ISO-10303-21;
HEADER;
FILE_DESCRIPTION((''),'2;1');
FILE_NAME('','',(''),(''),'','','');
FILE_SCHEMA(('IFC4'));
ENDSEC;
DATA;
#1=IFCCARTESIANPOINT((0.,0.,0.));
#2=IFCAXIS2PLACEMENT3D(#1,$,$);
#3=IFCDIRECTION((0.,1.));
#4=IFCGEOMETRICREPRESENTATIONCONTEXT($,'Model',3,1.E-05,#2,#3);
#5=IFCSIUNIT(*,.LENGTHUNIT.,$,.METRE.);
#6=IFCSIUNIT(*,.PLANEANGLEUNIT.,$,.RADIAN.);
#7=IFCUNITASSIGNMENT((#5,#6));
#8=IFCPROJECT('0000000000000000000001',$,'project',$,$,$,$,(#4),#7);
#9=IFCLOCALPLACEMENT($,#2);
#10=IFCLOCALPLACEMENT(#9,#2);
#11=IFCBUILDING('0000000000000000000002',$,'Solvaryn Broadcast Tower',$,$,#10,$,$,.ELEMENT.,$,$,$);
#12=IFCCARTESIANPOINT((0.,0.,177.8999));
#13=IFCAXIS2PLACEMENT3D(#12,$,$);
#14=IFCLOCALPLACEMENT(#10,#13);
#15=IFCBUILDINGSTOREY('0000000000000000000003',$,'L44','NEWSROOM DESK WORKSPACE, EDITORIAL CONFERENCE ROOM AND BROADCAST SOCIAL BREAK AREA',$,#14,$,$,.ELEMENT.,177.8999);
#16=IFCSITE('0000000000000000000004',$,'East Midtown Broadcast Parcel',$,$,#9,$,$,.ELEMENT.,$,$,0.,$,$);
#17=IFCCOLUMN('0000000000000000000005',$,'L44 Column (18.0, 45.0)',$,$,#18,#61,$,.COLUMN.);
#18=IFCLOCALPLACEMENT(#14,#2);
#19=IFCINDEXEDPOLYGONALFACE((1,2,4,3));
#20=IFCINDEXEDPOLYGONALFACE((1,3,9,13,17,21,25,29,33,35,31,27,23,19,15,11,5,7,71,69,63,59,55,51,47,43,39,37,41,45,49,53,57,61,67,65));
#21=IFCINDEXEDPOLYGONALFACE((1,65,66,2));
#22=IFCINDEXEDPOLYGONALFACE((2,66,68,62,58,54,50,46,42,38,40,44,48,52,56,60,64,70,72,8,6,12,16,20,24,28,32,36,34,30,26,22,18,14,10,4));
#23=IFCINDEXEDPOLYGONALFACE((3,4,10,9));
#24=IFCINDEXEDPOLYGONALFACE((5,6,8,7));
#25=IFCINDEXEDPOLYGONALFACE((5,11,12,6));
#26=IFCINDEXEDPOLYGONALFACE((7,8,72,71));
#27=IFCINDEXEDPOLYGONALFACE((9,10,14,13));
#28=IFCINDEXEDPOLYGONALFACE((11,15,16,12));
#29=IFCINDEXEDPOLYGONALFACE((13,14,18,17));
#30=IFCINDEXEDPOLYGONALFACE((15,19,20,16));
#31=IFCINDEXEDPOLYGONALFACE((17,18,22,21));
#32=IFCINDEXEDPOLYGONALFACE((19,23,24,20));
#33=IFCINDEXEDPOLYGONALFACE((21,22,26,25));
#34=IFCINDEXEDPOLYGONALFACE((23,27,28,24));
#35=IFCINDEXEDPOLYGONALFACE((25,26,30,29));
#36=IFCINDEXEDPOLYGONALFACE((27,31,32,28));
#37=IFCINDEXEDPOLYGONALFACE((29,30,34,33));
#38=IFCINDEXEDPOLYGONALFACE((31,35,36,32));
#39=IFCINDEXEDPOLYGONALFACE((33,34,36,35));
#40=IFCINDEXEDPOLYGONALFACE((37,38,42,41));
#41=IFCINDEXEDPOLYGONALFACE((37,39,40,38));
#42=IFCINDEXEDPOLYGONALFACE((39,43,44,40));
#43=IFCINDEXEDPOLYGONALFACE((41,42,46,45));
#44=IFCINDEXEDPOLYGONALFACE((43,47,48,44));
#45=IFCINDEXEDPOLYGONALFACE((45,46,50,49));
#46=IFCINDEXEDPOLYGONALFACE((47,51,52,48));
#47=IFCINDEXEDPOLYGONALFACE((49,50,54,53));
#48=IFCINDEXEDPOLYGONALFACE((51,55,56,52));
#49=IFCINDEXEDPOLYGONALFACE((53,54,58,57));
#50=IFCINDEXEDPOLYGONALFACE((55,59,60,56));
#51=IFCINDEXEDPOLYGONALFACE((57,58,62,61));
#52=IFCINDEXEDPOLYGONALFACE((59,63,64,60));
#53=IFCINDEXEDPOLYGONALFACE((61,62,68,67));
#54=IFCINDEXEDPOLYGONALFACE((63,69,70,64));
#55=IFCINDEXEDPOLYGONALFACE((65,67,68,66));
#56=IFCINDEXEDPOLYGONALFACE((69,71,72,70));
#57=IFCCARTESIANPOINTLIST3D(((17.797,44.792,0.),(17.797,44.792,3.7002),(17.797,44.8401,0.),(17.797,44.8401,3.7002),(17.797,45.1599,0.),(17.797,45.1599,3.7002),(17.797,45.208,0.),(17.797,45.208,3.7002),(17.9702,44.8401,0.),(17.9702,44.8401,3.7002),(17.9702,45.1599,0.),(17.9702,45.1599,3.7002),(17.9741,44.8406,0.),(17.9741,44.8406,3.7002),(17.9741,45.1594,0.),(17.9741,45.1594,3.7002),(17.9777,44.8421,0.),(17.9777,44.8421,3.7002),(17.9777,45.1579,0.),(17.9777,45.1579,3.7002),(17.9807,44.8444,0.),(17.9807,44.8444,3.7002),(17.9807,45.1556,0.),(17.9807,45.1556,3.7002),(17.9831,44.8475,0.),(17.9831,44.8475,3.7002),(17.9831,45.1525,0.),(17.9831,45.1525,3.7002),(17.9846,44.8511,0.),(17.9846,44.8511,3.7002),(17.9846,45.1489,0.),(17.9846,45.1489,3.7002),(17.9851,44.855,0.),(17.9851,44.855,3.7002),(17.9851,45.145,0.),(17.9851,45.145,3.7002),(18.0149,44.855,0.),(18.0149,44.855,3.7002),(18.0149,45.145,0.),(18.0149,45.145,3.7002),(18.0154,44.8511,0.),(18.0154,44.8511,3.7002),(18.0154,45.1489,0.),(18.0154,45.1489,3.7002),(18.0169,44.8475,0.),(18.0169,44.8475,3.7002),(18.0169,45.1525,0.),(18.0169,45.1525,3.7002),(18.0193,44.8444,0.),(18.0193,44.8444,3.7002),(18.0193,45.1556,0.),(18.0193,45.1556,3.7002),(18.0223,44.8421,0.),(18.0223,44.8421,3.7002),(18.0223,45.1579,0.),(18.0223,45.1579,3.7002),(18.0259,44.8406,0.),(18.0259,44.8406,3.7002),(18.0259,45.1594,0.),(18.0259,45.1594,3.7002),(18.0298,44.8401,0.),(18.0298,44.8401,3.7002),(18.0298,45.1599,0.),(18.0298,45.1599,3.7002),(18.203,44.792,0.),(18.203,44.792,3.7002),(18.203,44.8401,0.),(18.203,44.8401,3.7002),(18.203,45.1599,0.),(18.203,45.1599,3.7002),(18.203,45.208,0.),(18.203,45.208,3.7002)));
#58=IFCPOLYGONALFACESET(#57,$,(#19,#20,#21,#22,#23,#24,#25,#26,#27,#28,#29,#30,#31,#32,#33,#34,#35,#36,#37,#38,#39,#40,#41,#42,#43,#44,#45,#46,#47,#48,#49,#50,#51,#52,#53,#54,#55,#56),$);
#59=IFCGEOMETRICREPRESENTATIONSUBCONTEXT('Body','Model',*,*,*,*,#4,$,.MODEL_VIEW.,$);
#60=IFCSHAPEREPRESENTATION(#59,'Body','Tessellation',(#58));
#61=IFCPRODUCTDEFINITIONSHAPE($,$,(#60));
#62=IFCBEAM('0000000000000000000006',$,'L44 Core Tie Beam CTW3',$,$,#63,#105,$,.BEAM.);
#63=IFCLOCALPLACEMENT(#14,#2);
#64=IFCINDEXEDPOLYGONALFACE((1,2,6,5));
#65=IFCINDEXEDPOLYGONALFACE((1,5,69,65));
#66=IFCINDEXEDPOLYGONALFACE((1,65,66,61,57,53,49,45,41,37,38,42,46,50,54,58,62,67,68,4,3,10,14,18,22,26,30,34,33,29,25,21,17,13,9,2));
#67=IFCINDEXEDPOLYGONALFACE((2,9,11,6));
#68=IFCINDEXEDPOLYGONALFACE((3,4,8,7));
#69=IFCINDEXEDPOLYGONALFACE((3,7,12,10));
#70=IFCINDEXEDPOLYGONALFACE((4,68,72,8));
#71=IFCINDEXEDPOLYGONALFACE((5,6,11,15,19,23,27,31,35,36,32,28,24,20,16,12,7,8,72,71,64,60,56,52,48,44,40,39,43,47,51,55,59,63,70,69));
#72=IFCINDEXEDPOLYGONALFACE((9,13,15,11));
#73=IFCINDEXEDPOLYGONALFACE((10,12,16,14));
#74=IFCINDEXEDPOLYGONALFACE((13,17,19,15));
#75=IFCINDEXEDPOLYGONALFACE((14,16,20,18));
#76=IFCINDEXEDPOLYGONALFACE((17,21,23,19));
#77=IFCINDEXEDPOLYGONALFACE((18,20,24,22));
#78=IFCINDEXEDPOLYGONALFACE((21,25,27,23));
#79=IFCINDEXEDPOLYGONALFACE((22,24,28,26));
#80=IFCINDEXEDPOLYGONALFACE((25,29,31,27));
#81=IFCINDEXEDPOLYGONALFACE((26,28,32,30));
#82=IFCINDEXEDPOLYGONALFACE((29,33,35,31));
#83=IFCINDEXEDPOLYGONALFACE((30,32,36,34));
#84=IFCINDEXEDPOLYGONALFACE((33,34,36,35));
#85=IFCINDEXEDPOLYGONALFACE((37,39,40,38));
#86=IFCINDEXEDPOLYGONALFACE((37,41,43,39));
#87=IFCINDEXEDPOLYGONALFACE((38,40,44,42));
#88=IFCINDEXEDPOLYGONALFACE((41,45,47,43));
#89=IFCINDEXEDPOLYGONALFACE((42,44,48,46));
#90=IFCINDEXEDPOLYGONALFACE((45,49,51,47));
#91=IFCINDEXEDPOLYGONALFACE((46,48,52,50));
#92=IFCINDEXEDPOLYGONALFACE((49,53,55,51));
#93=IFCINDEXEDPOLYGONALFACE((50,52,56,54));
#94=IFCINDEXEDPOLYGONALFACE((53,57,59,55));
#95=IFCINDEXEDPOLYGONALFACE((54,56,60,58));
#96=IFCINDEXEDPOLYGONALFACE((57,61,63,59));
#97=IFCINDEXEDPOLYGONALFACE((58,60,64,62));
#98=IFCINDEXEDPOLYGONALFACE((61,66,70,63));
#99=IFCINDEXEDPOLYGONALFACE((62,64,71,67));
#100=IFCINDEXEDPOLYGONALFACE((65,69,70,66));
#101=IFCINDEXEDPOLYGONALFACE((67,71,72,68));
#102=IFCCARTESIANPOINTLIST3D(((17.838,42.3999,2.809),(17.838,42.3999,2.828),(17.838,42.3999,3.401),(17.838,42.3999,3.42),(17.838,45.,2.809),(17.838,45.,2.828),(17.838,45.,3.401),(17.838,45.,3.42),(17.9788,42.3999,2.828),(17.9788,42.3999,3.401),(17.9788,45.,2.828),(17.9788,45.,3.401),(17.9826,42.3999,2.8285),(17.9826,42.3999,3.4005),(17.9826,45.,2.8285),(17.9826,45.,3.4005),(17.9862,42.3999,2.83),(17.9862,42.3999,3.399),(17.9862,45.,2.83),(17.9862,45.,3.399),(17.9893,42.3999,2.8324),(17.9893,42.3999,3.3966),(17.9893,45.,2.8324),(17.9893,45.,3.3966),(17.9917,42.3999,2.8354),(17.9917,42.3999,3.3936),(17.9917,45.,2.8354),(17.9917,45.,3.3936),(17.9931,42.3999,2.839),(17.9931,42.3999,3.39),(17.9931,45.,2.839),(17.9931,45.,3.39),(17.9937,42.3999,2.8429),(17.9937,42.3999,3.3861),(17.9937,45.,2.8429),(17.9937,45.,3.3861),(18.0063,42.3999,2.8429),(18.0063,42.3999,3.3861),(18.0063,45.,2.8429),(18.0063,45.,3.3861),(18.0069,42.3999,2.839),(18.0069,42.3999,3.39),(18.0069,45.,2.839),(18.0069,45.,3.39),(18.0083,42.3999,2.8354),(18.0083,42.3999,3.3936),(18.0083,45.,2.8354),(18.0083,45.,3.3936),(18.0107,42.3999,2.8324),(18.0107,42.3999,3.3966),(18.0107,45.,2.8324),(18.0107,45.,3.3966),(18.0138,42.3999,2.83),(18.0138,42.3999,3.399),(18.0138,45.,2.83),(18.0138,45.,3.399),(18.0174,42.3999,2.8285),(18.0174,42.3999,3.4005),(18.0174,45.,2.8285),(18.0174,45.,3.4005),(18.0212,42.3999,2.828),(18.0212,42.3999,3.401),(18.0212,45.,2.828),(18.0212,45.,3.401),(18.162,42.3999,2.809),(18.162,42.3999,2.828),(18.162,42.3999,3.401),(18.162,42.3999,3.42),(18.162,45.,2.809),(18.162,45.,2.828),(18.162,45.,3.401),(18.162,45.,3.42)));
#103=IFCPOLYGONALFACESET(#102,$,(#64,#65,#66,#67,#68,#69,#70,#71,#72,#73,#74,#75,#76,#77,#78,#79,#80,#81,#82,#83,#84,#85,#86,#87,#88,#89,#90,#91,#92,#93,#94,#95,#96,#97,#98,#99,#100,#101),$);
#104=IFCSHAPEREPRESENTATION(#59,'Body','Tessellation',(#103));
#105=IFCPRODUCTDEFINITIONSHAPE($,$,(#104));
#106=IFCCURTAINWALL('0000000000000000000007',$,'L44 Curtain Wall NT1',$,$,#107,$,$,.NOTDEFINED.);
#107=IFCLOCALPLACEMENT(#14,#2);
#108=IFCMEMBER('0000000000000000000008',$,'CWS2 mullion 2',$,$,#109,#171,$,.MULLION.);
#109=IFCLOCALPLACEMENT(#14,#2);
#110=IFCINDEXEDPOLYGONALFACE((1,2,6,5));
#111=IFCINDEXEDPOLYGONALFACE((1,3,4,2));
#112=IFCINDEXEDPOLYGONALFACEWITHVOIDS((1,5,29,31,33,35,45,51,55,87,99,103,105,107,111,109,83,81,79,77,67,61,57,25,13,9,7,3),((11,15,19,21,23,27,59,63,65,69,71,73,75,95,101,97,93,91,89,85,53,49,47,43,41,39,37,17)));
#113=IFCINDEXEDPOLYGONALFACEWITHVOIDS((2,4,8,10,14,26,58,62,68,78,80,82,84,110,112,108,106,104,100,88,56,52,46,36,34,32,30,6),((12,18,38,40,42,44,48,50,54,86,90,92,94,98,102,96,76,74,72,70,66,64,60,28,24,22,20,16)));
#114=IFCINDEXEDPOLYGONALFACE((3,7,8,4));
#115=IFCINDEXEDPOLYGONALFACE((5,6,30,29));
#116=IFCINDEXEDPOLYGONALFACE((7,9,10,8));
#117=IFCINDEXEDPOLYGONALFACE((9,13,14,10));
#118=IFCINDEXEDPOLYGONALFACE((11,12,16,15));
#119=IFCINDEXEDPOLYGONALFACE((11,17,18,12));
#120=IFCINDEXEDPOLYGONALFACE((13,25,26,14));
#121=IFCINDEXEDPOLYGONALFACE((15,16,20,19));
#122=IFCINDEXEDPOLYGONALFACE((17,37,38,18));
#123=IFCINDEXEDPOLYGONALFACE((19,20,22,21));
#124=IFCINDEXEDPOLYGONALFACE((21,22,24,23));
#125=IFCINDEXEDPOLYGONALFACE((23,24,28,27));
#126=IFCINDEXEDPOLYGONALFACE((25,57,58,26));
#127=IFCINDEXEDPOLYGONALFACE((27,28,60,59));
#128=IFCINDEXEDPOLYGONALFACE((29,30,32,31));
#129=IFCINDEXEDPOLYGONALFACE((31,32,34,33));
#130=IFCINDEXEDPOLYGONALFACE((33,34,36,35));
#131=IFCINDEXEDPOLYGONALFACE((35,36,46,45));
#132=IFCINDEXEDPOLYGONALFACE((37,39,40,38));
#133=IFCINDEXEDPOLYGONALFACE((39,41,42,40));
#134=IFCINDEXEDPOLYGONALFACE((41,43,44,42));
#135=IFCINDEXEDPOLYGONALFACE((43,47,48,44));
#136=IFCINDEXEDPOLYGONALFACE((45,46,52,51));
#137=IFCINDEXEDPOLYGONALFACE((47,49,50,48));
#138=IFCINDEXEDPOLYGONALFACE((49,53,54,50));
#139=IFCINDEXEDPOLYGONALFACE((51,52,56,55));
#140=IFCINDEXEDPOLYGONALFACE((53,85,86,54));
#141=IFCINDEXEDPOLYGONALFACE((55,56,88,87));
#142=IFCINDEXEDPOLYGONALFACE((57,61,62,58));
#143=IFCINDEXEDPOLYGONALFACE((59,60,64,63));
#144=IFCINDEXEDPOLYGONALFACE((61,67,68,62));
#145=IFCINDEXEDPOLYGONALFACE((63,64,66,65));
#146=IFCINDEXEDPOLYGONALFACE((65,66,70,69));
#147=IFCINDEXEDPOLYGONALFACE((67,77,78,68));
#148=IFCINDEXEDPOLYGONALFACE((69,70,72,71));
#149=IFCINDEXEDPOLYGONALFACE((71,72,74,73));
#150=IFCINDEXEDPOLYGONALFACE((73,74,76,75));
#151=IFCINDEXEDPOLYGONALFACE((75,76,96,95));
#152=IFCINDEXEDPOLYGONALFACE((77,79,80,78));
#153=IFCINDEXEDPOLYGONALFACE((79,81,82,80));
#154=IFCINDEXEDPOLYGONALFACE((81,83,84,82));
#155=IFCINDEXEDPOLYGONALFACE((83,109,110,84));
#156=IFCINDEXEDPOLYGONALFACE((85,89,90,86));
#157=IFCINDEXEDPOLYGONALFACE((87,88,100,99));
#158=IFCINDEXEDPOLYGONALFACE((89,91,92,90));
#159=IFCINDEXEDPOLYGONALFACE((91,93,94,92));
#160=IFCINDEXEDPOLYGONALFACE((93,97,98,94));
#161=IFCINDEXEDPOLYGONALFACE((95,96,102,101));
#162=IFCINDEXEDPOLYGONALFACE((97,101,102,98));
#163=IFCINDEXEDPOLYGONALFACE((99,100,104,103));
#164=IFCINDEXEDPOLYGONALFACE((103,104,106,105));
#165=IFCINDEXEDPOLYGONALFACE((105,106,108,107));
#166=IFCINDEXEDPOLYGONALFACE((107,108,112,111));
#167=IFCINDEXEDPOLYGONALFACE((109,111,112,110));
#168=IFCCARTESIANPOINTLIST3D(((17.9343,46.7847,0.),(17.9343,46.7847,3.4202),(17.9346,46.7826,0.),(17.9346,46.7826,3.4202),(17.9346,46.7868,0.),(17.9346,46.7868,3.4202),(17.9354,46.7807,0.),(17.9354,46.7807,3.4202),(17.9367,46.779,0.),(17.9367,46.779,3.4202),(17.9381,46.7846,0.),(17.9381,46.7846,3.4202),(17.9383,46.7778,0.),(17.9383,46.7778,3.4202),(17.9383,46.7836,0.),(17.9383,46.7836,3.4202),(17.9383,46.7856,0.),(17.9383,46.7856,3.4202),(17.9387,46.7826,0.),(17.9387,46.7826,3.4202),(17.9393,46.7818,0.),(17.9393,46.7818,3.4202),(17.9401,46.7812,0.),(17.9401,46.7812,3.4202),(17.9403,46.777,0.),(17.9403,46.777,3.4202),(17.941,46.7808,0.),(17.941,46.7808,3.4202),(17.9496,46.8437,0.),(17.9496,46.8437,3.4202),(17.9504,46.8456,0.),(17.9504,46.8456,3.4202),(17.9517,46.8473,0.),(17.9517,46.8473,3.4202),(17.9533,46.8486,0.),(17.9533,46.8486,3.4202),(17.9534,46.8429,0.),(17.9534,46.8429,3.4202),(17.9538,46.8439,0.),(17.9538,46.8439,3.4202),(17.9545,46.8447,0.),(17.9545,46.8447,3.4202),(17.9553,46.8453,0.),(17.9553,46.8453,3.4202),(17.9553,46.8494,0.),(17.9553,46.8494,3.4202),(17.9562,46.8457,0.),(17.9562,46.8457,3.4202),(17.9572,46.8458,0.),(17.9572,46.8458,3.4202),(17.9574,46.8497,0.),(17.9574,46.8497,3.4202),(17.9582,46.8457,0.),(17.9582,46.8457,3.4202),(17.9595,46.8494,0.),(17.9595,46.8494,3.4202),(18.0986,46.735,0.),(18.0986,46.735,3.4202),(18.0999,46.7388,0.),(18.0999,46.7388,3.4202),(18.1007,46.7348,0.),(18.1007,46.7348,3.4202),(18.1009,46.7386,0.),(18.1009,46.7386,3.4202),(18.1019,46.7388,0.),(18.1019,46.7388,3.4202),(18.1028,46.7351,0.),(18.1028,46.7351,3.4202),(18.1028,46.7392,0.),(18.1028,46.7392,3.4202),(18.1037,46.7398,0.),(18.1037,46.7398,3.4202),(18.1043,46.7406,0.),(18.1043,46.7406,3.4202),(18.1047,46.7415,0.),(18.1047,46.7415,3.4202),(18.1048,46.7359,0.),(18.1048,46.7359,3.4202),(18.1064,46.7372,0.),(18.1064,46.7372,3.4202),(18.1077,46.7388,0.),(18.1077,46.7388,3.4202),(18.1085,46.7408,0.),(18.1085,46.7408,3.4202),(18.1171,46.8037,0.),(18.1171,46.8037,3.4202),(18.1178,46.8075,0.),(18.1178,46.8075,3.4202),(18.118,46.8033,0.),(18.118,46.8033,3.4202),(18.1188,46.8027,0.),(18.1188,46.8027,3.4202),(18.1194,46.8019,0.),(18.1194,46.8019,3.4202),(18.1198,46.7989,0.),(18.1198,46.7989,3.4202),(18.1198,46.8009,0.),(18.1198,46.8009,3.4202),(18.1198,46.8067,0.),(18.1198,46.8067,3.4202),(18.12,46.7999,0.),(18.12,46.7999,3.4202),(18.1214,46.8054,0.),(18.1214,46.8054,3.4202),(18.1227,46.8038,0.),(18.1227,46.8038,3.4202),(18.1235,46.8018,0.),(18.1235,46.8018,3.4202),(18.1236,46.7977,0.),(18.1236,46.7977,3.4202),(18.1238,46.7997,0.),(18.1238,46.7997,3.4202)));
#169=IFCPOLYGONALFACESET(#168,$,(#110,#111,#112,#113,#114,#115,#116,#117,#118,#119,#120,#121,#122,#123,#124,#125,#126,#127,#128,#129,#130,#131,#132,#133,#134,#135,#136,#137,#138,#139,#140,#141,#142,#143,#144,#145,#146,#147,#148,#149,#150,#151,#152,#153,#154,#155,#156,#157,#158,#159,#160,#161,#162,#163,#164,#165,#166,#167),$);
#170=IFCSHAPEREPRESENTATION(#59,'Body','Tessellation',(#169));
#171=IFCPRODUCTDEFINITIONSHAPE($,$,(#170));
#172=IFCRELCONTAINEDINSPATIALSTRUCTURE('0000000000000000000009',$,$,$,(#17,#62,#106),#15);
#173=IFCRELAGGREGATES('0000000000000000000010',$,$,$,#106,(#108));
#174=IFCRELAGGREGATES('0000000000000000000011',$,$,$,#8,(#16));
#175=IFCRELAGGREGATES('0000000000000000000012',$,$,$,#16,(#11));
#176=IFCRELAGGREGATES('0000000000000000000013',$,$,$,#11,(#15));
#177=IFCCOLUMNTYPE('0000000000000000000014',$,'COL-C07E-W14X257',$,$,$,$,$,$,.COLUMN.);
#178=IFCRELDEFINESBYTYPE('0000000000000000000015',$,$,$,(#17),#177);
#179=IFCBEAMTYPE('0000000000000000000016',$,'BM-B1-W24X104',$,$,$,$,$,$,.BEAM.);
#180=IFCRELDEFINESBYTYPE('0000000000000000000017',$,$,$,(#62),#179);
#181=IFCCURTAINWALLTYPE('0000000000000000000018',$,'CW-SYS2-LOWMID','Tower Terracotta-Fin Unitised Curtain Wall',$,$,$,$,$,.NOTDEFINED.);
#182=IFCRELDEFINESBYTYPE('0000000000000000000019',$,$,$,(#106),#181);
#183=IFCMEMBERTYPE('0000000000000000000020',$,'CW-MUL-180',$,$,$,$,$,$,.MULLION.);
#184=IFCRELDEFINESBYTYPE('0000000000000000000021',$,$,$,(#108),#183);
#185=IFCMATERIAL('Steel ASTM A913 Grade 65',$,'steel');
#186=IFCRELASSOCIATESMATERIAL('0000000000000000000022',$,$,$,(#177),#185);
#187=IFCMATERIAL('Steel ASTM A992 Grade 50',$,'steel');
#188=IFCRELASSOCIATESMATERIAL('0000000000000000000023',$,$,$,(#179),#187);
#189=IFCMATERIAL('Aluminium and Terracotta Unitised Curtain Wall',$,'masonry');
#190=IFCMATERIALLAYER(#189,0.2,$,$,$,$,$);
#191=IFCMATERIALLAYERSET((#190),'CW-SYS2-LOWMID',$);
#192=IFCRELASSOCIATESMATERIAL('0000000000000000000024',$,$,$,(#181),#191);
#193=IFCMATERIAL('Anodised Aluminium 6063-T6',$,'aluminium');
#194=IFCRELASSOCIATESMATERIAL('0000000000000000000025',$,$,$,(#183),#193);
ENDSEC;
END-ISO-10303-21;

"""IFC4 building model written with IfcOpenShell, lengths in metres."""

from ifc_helpers import new_model, si_unit, direction, frame, origin, origin_2d, place, context, subcontext, project, spatial, hollow_rectangle, i_section, extrude, material, layer, layer_set, material_profile, profile_set, type_object, element, aggregate, save


model = new_model("IFC4")

# Units and contexts
model_context = context("Model", 3, precision=1e-05, world=origin(), true_north=direction((0.0, 1.0)))
body_context = subcontext(model_context, "Body", "Model", "MODEL_VIEW")
ifc_project = project(units=[si_unit("LENGTHUNIT", "METRE"), si_unit("PLANEANGLEUNIT", "RADIAN")], contexts=[model_context])

# Site, building, storey
site_placement = place(None, origin())
site = spatial("IfcSite", under=ifc_project, at=site_placement, Name="East Midtown Broadcast Parcel", CompositionType="ELEMENT", RefElevation=0.0)
building_placement = place(site_placement, origin())
building = spatial("IfcBuilding", under=site, at=building_placement, Name="Solvaryn Broadcast Tower", CompositionType="ELEMENT")
storey_placement = place(building_placement, frame((0.0, 0.0, 177.8999)))
storey = spatial("IfcBuildingStorey", under=building, at=storey_placement, Name="L44", Description="NEWSROOM DESK WORKSPACE, EDITORIAL CONFERENCE ROOM AND BROADCAST SOCIAL BREAK AREA", CompositionType="ELEMENT", Elevation=177.8999)

# Column
ifc_material_1 = material(Name="Steel ASTM A913 Grade 65", Category="steel")
ifc_material_profile_1 = material_profile(ifc_material_1, i_section(OverallWidth=0.406, OverallDepth=0.416, WebThickness=0.0298, FlangeThickness=0.0481, FilletRadius=0.0149, at=origin_2d()))
ifc_profile_set_1 = profile_set([ifc_material_profile_1], Name="Steel ASTM A913 Grade 65")
column_type = type_object("IfcColumnType", Name="COL-C07E-W14X257", PredefinedType="COLUMN", material=ifc_profile_set_1)
column_placement = place(storey_placement, frame((18.0, 45.0, 0.0), z_axis=(0.0, 0.0, 1.0), x_axis=(1.0, 0.0, 0.0)))
element("IfcColumn", 1, at=column_placement, inside=storey, type_object=column_type, Name="L44 Column (18.0, 45.0)", PredefinedType="COLUMN", context=body_context, shape_type="SweptSolid", body=[
    extrude(i_section(OverallWidth=0.406, OverallDepth=0.416, WebThickness=0.0298, FlangeThickness=0.0481, FilletRadius=0.0149, at=origin_2d()), origin(), (0.0, 0.0, 1.0), 3.7002),
])

# Beam
ifc_material_2 = material(Name="Steel ASTM A992 Grade 50", Category="steel")
ifc_material_profile_2 = material_profile(ifc_material_2, i_section(OverallWidth=0.324, OverallDepth=0.6111, WebThickness=0.0127, FlangeThickness=0.019, FilletRadius=0.0149, at=origin_2d()))
ifc_profile_set_2 = profile_set([ifc_material_profile_2], Name="Steel ASTM A992 Grade 50")
beam_type = type_object("IfcBeamType", Name="BM-B1-W24X104", PredefinedType="BEAM", material=ifc_profile_set_2)
beam_placement = place(storey_placement, frame((18.0, 42.3999, 3.1145), z_axis=(0.0, 1.0, 0.0), x_axis=(-1.0, 0.0, 0.0)))
element("IfcBeam", 2, at=beam_placement, inside=storey, type_object=beam_type, Name="L44 Core Tie Beam CTW3", PredefinedType="BEAM", context=body_context, shape_type="SweptSolid", body=[
    extrude(i_section(OverallWidth=0.324, OverallDepth=0.6111, WebThickness=0.0127, FlangeThickness=0.019, FilletRadius=0.0149, at=origin_2d()), origin(), (0.0, 0.0, 1.0), 2.6001),
])

# Curtain wall, member
ifc_material_3 = material(Name="Aluminium and Terracotta Unitised Curtain Wall", Category="masonry")
ifc_layer_1 = layer(ifc_material_3, 0.2)
ifc_layer_set_1 = layer_set([ifc_layer_1], Name="CW-SYS2-LOWMID")
curtain_wall_type = type_object("IfcCurtainWallType", Name="CW-SYS2-LOWMID", Description="Tower Terracotta-Fin Unitised Curtain Wall", PredefinedType="NOTDEFINED", material=ifc_layer_set_1)
curtain_wall_1_placement = place(storey_placement, origin())
curtain_wall_1 = element("IfcCurtainWall", 3, at=curtain_wall_1_placement, inside=storey, type_object=curtain_wall_type, Name="L44 Curtain Wall NT1", PredefinedType="NOTDEFINED")
ifc_material_4 = material(Name="Anodised Aluminium 6063-T6", Category="aluminium")
ifc_material_profile_3 = material_profile(ifc_material_4, hollow_rectangle(XDim=0.075, YDim=0.1799, WallThickness=0.0039, InnerFilletRadius=0.0039, OuterFilletRadius=0.0081, at=origin_2d()))
ifc_profile_set_3 = profile_set([ifc_material_profile_3], Name="Anodised Aluminium 6063-T6")
member_type_1 = type_object("IfcMemberType", Name="CW-MUL-180", PredefinedType="MULLION", material=ifc_profile_set_3)
member_1_placement = place(storey_placement, frame((18.0291, 46.7922, 0.0), z_axis=(0.0, 0.0, 1.0), x_axis=(-0.255893, -0.966705, 0.0)))
member_1 = element("IfcMember", 4, at=member_1_placement, type_object=member_type_1, Name="CWS2 mullion 2", PredefinedType="MULLION", context=body_context, shape_type="SweptSolid", body=[
    extrude(hollow_rectangle(XDim=0.075, YDim=0.1799, WallThickness=0.0039, InnerFilletRadius=0.0039, OuterFilletRadius=0.0081, at=origin_2d()), origin(), (0.0, 0.0, 1.0), 3.4202),
])

aggregate(curtain_wall_1, [member_1])

save(model, "model.ifc")
